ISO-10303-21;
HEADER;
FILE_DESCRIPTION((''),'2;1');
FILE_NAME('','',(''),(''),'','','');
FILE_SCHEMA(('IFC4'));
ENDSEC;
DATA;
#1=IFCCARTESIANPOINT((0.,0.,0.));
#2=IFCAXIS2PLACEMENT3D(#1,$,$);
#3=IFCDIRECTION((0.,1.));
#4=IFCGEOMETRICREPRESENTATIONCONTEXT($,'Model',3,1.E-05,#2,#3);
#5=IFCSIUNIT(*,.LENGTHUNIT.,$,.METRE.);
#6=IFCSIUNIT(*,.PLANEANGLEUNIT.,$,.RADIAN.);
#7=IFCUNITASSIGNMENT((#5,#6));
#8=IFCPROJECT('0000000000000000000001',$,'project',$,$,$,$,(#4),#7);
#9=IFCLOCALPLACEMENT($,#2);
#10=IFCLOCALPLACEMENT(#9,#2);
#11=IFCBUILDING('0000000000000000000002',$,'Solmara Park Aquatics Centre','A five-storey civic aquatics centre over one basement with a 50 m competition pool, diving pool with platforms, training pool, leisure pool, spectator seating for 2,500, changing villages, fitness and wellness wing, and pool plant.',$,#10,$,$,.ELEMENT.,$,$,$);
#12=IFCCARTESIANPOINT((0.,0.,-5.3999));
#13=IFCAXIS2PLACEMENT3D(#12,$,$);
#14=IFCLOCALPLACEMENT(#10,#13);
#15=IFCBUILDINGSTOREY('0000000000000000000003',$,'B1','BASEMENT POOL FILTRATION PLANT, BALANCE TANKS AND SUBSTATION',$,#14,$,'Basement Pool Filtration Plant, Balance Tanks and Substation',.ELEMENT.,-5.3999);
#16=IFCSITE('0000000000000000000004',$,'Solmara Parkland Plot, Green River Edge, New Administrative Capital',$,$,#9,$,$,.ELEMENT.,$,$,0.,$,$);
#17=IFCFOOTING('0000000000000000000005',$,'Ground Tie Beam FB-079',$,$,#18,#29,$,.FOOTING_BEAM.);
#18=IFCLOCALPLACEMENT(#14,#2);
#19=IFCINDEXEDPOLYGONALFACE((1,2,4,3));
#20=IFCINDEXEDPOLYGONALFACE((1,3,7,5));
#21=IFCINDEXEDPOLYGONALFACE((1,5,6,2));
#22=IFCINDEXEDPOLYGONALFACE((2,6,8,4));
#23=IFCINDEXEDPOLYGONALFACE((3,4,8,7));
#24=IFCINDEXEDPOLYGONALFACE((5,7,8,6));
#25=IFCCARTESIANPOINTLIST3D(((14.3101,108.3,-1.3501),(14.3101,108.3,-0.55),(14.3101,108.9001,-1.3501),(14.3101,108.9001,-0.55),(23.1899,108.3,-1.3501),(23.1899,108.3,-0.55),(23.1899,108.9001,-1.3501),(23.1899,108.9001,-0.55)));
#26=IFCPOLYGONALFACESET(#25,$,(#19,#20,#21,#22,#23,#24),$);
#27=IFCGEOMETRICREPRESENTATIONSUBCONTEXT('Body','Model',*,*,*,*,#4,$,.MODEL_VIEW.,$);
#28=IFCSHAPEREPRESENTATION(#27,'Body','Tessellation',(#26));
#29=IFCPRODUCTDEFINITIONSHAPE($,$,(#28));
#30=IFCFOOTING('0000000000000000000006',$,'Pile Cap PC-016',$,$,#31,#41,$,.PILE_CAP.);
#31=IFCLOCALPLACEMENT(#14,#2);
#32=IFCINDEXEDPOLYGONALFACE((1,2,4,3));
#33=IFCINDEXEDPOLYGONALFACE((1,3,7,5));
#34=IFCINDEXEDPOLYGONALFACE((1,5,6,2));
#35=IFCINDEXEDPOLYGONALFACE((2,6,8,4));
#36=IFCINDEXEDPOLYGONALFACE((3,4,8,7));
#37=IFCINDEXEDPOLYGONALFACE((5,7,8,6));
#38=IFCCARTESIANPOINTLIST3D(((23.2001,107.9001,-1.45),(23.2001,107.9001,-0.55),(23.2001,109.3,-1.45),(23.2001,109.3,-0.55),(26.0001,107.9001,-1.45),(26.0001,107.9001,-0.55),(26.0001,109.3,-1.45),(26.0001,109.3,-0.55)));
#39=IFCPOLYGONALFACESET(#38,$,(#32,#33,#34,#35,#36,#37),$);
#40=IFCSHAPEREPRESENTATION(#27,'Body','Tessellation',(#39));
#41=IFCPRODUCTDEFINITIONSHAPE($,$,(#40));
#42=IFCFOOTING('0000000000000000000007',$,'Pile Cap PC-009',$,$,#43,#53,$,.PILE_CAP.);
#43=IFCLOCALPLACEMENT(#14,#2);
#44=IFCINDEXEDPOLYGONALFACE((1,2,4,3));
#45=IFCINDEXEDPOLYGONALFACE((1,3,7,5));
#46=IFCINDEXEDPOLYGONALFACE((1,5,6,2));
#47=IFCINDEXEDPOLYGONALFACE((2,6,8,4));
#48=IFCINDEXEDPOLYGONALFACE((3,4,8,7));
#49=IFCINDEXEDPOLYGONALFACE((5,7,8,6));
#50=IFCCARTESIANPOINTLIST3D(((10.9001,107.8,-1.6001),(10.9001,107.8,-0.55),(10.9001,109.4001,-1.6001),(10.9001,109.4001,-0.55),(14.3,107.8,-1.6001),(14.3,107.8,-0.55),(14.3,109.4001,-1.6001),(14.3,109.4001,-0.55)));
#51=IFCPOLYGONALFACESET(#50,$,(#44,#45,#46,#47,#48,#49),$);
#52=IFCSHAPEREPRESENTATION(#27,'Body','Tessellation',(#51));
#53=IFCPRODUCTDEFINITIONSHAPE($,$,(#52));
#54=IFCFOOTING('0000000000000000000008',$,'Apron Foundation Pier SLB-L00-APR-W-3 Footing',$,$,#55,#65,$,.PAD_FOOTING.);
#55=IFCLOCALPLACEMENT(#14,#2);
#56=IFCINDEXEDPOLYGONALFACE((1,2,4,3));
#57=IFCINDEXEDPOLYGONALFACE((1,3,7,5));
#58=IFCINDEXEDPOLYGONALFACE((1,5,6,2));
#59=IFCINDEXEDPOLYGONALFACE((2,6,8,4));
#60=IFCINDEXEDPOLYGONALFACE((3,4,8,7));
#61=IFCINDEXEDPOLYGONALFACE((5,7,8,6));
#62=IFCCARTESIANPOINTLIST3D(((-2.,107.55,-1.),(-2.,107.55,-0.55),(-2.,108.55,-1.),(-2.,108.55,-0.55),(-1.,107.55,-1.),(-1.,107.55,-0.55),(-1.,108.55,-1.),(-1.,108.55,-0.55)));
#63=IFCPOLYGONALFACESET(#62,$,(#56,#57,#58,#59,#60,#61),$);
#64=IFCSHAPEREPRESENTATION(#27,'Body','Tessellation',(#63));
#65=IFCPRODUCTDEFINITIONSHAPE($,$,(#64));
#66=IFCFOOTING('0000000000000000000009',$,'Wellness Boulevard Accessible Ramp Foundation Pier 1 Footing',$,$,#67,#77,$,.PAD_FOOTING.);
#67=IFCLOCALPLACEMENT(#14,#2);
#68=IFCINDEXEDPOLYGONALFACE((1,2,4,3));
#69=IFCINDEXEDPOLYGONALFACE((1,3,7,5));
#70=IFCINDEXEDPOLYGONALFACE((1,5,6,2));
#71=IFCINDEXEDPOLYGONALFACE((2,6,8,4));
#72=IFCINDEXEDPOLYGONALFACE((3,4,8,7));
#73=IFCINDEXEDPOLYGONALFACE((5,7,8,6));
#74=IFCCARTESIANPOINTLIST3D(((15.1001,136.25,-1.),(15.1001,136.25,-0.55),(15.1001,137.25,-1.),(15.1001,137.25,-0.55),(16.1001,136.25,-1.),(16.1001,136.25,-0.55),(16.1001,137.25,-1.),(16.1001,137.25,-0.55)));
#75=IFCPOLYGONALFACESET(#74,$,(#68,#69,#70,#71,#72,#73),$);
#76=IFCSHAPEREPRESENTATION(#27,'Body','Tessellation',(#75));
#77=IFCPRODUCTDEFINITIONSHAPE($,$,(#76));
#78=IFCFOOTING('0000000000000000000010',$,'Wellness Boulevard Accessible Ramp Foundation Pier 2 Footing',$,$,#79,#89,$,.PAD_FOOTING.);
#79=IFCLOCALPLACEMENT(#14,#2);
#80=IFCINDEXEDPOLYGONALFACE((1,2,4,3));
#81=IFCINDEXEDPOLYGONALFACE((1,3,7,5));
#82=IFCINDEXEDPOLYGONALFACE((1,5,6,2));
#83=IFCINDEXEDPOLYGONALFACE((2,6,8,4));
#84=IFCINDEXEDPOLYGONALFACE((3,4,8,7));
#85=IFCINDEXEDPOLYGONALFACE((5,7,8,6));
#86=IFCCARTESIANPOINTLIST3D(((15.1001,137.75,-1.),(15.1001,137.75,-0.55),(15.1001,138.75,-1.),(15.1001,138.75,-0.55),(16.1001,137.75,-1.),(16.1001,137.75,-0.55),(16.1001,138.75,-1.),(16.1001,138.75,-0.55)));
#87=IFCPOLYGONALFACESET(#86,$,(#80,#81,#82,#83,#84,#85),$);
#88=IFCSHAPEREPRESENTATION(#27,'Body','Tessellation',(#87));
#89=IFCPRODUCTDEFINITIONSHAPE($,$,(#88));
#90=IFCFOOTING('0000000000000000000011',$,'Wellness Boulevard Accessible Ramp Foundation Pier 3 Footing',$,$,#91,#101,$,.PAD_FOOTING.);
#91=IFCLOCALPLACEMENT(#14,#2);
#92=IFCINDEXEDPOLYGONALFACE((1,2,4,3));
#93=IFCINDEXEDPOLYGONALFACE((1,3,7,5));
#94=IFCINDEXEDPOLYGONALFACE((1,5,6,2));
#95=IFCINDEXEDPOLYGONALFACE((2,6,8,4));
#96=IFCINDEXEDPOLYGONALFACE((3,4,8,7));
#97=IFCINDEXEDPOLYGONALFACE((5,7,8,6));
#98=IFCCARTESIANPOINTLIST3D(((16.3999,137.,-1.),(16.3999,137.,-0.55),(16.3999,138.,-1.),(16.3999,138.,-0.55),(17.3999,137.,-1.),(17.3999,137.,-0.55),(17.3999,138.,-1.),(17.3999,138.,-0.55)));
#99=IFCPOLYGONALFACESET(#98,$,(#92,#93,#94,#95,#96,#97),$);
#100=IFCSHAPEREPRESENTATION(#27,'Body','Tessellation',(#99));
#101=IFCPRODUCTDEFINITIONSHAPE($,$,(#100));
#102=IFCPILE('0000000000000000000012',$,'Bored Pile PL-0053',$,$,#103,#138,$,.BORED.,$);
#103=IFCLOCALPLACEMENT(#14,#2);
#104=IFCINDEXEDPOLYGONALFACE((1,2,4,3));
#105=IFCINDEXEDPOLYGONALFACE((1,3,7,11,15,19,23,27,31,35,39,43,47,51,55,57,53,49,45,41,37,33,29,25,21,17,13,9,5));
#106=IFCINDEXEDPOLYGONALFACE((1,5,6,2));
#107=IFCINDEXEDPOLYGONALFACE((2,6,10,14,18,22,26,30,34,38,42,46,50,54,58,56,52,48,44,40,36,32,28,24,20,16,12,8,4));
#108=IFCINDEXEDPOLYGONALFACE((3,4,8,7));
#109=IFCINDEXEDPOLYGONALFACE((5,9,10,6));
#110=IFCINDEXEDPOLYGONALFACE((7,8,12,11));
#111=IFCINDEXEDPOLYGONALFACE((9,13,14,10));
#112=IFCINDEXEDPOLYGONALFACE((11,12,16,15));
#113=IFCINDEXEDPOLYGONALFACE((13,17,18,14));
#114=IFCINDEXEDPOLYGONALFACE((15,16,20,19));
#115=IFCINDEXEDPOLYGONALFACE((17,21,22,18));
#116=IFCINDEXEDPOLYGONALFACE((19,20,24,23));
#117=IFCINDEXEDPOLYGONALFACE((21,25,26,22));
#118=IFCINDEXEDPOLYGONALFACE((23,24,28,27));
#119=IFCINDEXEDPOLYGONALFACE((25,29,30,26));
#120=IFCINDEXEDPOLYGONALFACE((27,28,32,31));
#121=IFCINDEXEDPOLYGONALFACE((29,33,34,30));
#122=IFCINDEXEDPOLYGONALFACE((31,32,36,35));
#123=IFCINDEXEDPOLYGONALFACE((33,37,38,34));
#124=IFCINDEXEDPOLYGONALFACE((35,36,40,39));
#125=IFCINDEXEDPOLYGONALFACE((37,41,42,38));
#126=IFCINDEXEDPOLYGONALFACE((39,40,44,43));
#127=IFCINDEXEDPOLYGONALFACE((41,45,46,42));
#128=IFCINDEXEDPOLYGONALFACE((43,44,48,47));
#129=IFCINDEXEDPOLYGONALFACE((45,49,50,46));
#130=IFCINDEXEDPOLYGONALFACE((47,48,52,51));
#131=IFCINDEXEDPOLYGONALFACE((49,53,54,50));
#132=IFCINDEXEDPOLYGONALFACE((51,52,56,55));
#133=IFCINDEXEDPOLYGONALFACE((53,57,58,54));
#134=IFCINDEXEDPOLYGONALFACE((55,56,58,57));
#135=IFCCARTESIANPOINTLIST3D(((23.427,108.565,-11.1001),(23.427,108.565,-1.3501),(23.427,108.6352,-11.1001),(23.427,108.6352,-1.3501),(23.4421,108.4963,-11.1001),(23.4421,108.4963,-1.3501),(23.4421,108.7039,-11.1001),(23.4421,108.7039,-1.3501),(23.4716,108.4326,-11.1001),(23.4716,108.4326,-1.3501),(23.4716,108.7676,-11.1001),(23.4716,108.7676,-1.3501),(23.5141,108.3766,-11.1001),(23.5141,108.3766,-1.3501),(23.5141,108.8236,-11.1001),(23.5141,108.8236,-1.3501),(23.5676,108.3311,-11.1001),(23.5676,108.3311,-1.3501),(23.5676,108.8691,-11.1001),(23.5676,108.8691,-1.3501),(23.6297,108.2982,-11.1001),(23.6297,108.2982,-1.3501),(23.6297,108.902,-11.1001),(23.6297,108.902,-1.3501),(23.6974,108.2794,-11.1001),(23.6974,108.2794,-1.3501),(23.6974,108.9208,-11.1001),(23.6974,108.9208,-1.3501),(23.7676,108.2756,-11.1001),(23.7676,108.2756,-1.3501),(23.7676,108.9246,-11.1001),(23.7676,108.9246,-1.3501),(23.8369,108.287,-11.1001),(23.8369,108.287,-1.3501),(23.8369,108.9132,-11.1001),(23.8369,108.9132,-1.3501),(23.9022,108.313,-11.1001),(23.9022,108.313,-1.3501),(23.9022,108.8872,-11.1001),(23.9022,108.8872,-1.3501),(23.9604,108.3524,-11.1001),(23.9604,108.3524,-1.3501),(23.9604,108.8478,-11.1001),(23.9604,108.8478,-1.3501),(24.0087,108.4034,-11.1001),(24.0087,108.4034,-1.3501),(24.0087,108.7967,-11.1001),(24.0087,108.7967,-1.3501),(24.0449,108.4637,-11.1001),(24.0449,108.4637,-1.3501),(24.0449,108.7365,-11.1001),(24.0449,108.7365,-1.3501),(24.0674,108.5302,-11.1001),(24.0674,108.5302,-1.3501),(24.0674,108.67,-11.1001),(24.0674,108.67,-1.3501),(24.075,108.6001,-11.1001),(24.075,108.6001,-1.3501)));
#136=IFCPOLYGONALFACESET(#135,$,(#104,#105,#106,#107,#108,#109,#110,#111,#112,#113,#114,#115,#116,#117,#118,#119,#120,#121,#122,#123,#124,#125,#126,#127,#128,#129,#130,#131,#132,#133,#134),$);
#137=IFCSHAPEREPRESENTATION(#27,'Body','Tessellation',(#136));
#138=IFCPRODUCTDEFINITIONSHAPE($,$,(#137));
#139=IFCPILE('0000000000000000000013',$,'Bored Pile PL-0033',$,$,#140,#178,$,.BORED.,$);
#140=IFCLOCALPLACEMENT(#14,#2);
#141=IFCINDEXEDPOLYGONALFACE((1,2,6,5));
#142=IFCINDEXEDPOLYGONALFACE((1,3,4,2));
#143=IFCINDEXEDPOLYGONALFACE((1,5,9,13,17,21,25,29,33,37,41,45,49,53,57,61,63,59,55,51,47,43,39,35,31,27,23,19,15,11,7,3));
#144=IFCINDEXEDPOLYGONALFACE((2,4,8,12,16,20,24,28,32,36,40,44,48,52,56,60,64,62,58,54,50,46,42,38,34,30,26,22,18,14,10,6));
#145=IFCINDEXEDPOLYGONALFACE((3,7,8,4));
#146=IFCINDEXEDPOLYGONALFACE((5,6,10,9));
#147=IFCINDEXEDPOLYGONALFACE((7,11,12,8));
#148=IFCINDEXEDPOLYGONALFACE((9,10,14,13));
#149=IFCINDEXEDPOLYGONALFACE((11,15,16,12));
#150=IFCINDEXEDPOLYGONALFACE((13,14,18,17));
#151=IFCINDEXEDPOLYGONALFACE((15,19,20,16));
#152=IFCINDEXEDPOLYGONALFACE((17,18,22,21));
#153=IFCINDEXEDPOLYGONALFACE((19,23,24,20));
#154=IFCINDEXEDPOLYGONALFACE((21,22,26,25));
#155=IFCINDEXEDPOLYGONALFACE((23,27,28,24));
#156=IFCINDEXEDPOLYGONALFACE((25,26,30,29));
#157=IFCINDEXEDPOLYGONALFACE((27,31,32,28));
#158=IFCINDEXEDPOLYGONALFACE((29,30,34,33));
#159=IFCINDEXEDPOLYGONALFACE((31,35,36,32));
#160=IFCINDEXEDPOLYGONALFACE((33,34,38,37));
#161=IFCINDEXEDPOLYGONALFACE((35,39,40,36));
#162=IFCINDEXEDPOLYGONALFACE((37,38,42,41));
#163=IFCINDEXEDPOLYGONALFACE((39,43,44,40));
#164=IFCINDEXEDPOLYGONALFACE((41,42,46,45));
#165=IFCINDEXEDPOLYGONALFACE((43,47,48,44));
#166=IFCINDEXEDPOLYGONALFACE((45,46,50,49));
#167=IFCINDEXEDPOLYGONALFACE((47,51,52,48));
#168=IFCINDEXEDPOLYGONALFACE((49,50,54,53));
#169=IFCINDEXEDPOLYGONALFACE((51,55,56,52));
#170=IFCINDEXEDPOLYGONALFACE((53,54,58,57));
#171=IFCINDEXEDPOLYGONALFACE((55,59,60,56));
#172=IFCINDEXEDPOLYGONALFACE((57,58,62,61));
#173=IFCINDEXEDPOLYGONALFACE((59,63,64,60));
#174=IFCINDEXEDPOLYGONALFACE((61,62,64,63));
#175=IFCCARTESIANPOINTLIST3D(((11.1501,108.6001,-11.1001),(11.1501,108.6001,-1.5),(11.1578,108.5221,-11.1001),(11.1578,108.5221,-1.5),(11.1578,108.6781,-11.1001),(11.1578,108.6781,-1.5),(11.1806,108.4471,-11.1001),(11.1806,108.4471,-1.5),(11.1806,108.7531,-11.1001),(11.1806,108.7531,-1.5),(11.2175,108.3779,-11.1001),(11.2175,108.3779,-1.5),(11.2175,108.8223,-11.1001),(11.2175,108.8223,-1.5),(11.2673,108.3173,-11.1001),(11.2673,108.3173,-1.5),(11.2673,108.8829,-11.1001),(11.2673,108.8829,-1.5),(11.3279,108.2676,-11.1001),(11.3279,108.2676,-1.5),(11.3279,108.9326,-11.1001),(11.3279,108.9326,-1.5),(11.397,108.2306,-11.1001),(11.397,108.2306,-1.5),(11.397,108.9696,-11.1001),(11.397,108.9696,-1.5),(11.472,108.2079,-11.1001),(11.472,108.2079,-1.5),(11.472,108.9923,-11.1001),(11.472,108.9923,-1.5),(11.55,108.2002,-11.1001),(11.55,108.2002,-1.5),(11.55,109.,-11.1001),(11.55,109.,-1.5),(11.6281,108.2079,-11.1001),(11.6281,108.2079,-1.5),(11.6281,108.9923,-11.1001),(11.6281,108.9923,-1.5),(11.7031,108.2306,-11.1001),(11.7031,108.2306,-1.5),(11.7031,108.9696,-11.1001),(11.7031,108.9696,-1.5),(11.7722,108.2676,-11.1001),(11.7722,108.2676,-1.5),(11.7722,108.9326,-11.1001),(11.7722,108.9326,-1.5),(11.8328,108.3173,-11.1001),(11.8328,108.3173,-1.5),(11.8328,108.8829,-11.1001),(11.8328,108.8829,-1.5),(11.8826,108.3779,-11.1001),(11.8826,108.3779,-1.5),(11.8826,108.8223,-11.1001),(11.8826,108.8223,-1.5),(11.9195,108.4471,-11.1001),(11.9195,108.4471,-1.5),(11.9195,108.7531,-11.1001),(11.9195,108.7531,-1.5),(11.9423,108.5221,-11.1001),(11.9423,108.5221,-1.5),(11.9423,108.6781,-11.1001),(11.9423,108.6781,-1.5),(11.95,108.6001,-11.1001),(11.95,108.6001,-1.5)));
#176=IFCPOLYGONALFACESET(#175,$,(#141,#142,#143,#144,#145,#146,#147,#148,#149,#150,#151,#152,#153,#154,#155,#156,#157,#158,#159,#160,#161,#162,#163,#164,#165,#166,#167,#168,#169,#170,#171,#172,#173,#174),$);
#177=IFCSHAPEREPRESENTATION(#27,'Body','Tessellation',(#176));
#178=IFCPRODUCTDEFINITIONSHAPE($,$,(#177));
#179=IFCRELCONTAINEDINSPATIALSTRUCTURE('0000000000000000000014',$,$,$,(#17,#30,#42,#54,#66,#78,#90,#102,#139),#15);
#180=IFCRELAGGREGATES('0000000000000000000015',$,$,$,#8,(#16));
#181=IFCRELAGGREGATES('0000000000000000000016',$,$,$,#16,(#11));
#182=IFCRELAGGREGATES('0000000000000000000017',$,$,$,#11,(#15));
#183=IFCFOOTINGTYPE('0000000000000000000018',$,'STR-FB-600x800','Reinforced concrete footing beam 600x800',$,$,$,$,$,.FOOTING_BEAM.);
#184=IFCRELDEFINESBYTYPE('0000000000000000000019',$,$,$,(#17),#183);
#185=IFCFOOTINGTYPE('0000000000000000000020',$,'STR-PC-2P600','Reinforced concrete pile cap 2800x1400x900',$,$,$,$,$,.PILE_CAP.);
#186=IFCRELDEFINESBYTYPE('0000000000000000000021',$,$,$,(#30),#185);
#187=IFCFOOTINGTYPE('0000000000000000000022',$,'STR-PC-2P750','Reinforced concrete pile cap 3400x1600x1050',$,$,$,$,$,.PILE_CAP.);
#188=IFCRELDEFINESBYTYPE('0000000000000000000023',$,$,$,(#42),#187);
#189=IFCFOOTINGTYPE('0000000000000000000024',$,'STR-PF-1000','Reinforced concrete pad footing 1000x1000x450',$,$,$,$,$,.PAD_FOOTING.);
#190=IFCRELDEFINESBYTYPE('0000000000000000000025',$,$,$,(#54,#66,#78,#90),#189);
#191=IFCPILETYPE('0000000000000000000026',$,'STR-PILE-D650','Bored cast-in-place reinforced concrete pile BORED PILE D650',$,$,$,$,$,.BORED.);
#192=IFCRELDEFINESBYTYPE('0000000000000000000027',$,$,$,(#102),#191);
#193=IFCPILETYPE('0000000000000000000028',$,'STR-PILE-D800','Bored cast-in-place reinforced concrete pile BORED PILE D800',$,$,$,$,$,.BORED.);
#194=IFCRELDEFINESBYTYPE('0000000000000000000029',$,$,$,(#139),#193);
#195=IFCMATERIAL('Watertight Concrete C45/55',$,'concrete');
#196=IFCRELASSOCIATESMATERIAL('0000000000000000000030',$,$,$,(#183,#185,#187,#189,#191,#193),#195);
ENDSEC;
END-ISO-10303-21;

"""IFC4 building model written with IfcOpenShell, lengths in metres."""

from ifc_helpers import new_model, si_unit, direction, frame, origin, origin_2d, place, context, subcontext, project, spatial, rectangle, circle, extrude, material, material_profile, profile_set, type_object, element, save


model = new_model("IFC4")

# Units and contexts
model_context = context("Model", 3, precision=1e-05, world=origin(), true_north=direction((0.0, 1.0)))
body_context = subcontext(model_context, "Body", "Model", "MODEL_VIEW")
ifc_project = project(units=[si_unit("LENGTHUNIT", "METRE"), si_unit("PLANEANGLEUNIT", "RADIAN")], contexts=[model_context])

# Site, building, storey
site_placement = place(None, origin())
site = spatial("IfcSite", under=ifc_project, at=site_placement, Name="Solmara Parkland Plot, Green River Edge, New Administrative Capital", CompositionType="ELEMENT", RefElevation=0.0)
building_placement = place(site_placement, origin())
building = spatial("IfcBuilding", under=site, at=building_placement, Name="Solmara Park Aquatics Centre", Description="A five-storey civic aquatics centre over one basement with a 50 m competition pool, diving pool with platforms, training pool, leisure pool, spectator seating for 2,500, changing villages, fitness and wellness wing, and pool plant.", CompositionType="ELEMENT")
storey_placement = place(building_placement, frame((0.0, 0.0, -5.3999)))
storey = spatial("IfcBuildingStorey", under=building, at=storey_placement, Name="B1", Description="BASEMENT POOL FILTRATION PLANT, BALANCE TANKS AND SUBSTATION", LongName="Basement Pool Filtration Plant, Balance Tanks and Substation", CompositionType="ELEMENT", Elevation=-5.3999)

# Footings
ifc_material_1 = material(Name="Watertight Concrete C45/55", Category="concrete")
footing_type_1 = type_object("IfcFootingType", Name="STR-FB-600x800", Description="Reinforced concrete footing beam 600x800", PredefinedType="FOOTING_BEAM", material=ifc_material_1)
footing_1_placement = place(storey_placement, frame((18.75, 108.6001, -1.3501), z_axis=(0.0, 0.0, 1.0), x_axis=(1.0, 0.0, 0.0)))
element("IfcFooting", 1, at=footing_1_placement, inside=storey, type_object=footing_type_1, Name="Ground Tie Beam FB-079", PredefinedType="FOOTING_BEAM", context=body_context, shape_type="SweptSolid", body=[
    extrude(rectangle(XDim=8.8799, YDim=0.6001, at=origin_2d()), origin(), (0.0, 0.0, 1.0), 0.8),
])
footing_type_2 = type_object("IfcFootingType", Name="STR-PC-2P600", Description="Reinforced concrete pile cap 2800x1400x900", PredefinedType="PILE_CAP", material=ifc_material_1)
footing_2_placement = place(storey_placement, frame((24.6001, 108.6001, -1.45), z_axis=(0.0, 0.0, 1.0), x_axis=(1.0, 0.0, 0.0)))
element("IfcFooting", 2, at=footing_2_placement, inside=storey, type_object=footing_type_2, Name="Pile Cap PC-016", PredefinedType="PILE_CAP", context=body_context, shape_type="SweptSolid", body=[
    extrude(rectangle(XDim=2.8, YDim=1.3999, at=origin_2d()), origin(), (0.0, 0.0, 1.0), 0.8999),
])
footing_type_3 = type_object("IfcFootingType", Name="STR-PC-2P750", Description="Reinforced concrete pile cap 3400x1600x1050", PredefinedType="PILE_CAP", material=ifc_material_1)
footing_3_placement = place(storey_placement, frame((12.6001, 108.6001, -1.6001), z_axis=(0.0, 0.0, 1.0), x_axis=(1.0, 0.0, 0.0)))
element("IfcFooting", 3, at=footing_3_placement, inside=storey, type_object=footing_type_3, Name="Pile Cap PC-009", PredefinedType="PILE_CAP", context=body_context, shape_type="SweptSolid", body=[
    extrude(rectangle(XDim=3.3999, YDim=1.6001, at=origin_2d()), origin(), (0.0, 0.0, 1.0), 1.05),
])
footing_type_4 = type_object("IfcFootingType", Name="STR-PF-1000", Description="Reinforced concrete pad footing 1000x1000x450", PredefinedType="PAD_FOOTING", material=ifc_material_1)
for number, where, z_axis, x_axis, name in (
    (4, (-1.5, 108.05, -1.0), (0.0, 0.0, 1.0), (1.0, 0.0, 0.0), "Apron Foundation Pier SLB-L00-APR-W-3 Footing"),
    (5, (15.6001, 136.75, -1.0), (0.0, 0.0, 1.0), (1.0, 0.0, 0.0), "Wellness Boulevard Accessible Ramp Foundation Pier 1 Footing"),
    (6, (15.6001, 138.25, -1.0), (0.0, 0.0, 1.0), (1.0, 0.0, 0.0), "Wellness Boulevard Accessible Ramp Foundation Pier 2 Footing"),
    (7, (16.8999, 137.5, -1.0), (0.0, 0.0, 1.0), (1.0, 0.0, 0.0), "Wellness Boulevard Accessible Ramp Foundation Pier 3 Footing"),
):
    element("IfcFooting", number, at=place(storey_placement, frame(where, z_axis=z_axis, x_axis=x_axis)), inside=storey, type_object=footing_type_4, Name=name, PredefinedType="PAD_FOOTING", context=body_context, shape_type="SweptSolid", body=[
        extrude(rectangle(XDim=1.0, YDim=1.0, at=origin_2d()), origin(), (0.0, 0.0, 1.0), 0.45),
    ])

# Piles
ifc_material_profile_1 = material_profile(ifc_material_1, circle(Radius=0.325, at=origin_2d()), Name="BORED PILE D650")
ifc_profile_set_1 = profile_set([ifc_material_profile_1], Name="Watertight Concrete C45/55")
pile_type_1 = type_object("IfcPileType", Name="STR-PILE-D650", Description="Bored cast-in-place reinforced concrete pile BORED PILE D650", PredefinedType="BORED", material=ifc_profile_set_1)
pile_placement = place(storey_placement, frame((23.75, 108.6001, -1.3501), z_axis=(0.0, 0.0, -1.0), x_axis=(1.0, 0.0, 0.0)))
element("IfcPile", 8, at=pile_placement, inside=storey, type_object=pile_type_1, Name="Bored Pile PL-0053", PredefinedType="BORED", context=body_context, shape_type="SweptSolid", body=[
    extrude(circle(Radius=0.325, at=origin_2d()), origin(), (0.0, 0.0, 1.0), 9.75),
])
ifc_material_profile_2 = material_profile(ifc_material_1, circle(Radius=0.3999, at=origin_2d()), Name="BORED PILE D800")
ifc_profile_set_2 = profile_set([ifc_material_profile_2], Name="Watertight Concrete C45/55")
pile_type_2 = type_object("IfcPileType", Name="STR-PILE-D800", Description="Bored cast-in-place reinforced concrete pile BORED PILE D800", PredefinedType="BORED", material=ifc_profile_set_2)
for number, where, z_axis, x_axis, name in (
    (9, (11.55, 108.6001, -1.5), (0.0, 0.0, -1.0), (1.0, 0.0, 0.0), "Bored Pile PL-0033"),
):
    element("IfcPile", number, at=place(storey_placement, frame(where, z_axis=z_axis, x_axis=x_axis)), inside=storey, type_object=pile_type_2, Name=name, PredefinedType="BORED", context=body_context, shape_type="SweptSolid", body=[
        extrude(circle(Radius=0.3999, at=origin_2d()), origin(), (0.0, 0.0, 1.0), 9.6001),
    ])

save(model, "model.ifc")
